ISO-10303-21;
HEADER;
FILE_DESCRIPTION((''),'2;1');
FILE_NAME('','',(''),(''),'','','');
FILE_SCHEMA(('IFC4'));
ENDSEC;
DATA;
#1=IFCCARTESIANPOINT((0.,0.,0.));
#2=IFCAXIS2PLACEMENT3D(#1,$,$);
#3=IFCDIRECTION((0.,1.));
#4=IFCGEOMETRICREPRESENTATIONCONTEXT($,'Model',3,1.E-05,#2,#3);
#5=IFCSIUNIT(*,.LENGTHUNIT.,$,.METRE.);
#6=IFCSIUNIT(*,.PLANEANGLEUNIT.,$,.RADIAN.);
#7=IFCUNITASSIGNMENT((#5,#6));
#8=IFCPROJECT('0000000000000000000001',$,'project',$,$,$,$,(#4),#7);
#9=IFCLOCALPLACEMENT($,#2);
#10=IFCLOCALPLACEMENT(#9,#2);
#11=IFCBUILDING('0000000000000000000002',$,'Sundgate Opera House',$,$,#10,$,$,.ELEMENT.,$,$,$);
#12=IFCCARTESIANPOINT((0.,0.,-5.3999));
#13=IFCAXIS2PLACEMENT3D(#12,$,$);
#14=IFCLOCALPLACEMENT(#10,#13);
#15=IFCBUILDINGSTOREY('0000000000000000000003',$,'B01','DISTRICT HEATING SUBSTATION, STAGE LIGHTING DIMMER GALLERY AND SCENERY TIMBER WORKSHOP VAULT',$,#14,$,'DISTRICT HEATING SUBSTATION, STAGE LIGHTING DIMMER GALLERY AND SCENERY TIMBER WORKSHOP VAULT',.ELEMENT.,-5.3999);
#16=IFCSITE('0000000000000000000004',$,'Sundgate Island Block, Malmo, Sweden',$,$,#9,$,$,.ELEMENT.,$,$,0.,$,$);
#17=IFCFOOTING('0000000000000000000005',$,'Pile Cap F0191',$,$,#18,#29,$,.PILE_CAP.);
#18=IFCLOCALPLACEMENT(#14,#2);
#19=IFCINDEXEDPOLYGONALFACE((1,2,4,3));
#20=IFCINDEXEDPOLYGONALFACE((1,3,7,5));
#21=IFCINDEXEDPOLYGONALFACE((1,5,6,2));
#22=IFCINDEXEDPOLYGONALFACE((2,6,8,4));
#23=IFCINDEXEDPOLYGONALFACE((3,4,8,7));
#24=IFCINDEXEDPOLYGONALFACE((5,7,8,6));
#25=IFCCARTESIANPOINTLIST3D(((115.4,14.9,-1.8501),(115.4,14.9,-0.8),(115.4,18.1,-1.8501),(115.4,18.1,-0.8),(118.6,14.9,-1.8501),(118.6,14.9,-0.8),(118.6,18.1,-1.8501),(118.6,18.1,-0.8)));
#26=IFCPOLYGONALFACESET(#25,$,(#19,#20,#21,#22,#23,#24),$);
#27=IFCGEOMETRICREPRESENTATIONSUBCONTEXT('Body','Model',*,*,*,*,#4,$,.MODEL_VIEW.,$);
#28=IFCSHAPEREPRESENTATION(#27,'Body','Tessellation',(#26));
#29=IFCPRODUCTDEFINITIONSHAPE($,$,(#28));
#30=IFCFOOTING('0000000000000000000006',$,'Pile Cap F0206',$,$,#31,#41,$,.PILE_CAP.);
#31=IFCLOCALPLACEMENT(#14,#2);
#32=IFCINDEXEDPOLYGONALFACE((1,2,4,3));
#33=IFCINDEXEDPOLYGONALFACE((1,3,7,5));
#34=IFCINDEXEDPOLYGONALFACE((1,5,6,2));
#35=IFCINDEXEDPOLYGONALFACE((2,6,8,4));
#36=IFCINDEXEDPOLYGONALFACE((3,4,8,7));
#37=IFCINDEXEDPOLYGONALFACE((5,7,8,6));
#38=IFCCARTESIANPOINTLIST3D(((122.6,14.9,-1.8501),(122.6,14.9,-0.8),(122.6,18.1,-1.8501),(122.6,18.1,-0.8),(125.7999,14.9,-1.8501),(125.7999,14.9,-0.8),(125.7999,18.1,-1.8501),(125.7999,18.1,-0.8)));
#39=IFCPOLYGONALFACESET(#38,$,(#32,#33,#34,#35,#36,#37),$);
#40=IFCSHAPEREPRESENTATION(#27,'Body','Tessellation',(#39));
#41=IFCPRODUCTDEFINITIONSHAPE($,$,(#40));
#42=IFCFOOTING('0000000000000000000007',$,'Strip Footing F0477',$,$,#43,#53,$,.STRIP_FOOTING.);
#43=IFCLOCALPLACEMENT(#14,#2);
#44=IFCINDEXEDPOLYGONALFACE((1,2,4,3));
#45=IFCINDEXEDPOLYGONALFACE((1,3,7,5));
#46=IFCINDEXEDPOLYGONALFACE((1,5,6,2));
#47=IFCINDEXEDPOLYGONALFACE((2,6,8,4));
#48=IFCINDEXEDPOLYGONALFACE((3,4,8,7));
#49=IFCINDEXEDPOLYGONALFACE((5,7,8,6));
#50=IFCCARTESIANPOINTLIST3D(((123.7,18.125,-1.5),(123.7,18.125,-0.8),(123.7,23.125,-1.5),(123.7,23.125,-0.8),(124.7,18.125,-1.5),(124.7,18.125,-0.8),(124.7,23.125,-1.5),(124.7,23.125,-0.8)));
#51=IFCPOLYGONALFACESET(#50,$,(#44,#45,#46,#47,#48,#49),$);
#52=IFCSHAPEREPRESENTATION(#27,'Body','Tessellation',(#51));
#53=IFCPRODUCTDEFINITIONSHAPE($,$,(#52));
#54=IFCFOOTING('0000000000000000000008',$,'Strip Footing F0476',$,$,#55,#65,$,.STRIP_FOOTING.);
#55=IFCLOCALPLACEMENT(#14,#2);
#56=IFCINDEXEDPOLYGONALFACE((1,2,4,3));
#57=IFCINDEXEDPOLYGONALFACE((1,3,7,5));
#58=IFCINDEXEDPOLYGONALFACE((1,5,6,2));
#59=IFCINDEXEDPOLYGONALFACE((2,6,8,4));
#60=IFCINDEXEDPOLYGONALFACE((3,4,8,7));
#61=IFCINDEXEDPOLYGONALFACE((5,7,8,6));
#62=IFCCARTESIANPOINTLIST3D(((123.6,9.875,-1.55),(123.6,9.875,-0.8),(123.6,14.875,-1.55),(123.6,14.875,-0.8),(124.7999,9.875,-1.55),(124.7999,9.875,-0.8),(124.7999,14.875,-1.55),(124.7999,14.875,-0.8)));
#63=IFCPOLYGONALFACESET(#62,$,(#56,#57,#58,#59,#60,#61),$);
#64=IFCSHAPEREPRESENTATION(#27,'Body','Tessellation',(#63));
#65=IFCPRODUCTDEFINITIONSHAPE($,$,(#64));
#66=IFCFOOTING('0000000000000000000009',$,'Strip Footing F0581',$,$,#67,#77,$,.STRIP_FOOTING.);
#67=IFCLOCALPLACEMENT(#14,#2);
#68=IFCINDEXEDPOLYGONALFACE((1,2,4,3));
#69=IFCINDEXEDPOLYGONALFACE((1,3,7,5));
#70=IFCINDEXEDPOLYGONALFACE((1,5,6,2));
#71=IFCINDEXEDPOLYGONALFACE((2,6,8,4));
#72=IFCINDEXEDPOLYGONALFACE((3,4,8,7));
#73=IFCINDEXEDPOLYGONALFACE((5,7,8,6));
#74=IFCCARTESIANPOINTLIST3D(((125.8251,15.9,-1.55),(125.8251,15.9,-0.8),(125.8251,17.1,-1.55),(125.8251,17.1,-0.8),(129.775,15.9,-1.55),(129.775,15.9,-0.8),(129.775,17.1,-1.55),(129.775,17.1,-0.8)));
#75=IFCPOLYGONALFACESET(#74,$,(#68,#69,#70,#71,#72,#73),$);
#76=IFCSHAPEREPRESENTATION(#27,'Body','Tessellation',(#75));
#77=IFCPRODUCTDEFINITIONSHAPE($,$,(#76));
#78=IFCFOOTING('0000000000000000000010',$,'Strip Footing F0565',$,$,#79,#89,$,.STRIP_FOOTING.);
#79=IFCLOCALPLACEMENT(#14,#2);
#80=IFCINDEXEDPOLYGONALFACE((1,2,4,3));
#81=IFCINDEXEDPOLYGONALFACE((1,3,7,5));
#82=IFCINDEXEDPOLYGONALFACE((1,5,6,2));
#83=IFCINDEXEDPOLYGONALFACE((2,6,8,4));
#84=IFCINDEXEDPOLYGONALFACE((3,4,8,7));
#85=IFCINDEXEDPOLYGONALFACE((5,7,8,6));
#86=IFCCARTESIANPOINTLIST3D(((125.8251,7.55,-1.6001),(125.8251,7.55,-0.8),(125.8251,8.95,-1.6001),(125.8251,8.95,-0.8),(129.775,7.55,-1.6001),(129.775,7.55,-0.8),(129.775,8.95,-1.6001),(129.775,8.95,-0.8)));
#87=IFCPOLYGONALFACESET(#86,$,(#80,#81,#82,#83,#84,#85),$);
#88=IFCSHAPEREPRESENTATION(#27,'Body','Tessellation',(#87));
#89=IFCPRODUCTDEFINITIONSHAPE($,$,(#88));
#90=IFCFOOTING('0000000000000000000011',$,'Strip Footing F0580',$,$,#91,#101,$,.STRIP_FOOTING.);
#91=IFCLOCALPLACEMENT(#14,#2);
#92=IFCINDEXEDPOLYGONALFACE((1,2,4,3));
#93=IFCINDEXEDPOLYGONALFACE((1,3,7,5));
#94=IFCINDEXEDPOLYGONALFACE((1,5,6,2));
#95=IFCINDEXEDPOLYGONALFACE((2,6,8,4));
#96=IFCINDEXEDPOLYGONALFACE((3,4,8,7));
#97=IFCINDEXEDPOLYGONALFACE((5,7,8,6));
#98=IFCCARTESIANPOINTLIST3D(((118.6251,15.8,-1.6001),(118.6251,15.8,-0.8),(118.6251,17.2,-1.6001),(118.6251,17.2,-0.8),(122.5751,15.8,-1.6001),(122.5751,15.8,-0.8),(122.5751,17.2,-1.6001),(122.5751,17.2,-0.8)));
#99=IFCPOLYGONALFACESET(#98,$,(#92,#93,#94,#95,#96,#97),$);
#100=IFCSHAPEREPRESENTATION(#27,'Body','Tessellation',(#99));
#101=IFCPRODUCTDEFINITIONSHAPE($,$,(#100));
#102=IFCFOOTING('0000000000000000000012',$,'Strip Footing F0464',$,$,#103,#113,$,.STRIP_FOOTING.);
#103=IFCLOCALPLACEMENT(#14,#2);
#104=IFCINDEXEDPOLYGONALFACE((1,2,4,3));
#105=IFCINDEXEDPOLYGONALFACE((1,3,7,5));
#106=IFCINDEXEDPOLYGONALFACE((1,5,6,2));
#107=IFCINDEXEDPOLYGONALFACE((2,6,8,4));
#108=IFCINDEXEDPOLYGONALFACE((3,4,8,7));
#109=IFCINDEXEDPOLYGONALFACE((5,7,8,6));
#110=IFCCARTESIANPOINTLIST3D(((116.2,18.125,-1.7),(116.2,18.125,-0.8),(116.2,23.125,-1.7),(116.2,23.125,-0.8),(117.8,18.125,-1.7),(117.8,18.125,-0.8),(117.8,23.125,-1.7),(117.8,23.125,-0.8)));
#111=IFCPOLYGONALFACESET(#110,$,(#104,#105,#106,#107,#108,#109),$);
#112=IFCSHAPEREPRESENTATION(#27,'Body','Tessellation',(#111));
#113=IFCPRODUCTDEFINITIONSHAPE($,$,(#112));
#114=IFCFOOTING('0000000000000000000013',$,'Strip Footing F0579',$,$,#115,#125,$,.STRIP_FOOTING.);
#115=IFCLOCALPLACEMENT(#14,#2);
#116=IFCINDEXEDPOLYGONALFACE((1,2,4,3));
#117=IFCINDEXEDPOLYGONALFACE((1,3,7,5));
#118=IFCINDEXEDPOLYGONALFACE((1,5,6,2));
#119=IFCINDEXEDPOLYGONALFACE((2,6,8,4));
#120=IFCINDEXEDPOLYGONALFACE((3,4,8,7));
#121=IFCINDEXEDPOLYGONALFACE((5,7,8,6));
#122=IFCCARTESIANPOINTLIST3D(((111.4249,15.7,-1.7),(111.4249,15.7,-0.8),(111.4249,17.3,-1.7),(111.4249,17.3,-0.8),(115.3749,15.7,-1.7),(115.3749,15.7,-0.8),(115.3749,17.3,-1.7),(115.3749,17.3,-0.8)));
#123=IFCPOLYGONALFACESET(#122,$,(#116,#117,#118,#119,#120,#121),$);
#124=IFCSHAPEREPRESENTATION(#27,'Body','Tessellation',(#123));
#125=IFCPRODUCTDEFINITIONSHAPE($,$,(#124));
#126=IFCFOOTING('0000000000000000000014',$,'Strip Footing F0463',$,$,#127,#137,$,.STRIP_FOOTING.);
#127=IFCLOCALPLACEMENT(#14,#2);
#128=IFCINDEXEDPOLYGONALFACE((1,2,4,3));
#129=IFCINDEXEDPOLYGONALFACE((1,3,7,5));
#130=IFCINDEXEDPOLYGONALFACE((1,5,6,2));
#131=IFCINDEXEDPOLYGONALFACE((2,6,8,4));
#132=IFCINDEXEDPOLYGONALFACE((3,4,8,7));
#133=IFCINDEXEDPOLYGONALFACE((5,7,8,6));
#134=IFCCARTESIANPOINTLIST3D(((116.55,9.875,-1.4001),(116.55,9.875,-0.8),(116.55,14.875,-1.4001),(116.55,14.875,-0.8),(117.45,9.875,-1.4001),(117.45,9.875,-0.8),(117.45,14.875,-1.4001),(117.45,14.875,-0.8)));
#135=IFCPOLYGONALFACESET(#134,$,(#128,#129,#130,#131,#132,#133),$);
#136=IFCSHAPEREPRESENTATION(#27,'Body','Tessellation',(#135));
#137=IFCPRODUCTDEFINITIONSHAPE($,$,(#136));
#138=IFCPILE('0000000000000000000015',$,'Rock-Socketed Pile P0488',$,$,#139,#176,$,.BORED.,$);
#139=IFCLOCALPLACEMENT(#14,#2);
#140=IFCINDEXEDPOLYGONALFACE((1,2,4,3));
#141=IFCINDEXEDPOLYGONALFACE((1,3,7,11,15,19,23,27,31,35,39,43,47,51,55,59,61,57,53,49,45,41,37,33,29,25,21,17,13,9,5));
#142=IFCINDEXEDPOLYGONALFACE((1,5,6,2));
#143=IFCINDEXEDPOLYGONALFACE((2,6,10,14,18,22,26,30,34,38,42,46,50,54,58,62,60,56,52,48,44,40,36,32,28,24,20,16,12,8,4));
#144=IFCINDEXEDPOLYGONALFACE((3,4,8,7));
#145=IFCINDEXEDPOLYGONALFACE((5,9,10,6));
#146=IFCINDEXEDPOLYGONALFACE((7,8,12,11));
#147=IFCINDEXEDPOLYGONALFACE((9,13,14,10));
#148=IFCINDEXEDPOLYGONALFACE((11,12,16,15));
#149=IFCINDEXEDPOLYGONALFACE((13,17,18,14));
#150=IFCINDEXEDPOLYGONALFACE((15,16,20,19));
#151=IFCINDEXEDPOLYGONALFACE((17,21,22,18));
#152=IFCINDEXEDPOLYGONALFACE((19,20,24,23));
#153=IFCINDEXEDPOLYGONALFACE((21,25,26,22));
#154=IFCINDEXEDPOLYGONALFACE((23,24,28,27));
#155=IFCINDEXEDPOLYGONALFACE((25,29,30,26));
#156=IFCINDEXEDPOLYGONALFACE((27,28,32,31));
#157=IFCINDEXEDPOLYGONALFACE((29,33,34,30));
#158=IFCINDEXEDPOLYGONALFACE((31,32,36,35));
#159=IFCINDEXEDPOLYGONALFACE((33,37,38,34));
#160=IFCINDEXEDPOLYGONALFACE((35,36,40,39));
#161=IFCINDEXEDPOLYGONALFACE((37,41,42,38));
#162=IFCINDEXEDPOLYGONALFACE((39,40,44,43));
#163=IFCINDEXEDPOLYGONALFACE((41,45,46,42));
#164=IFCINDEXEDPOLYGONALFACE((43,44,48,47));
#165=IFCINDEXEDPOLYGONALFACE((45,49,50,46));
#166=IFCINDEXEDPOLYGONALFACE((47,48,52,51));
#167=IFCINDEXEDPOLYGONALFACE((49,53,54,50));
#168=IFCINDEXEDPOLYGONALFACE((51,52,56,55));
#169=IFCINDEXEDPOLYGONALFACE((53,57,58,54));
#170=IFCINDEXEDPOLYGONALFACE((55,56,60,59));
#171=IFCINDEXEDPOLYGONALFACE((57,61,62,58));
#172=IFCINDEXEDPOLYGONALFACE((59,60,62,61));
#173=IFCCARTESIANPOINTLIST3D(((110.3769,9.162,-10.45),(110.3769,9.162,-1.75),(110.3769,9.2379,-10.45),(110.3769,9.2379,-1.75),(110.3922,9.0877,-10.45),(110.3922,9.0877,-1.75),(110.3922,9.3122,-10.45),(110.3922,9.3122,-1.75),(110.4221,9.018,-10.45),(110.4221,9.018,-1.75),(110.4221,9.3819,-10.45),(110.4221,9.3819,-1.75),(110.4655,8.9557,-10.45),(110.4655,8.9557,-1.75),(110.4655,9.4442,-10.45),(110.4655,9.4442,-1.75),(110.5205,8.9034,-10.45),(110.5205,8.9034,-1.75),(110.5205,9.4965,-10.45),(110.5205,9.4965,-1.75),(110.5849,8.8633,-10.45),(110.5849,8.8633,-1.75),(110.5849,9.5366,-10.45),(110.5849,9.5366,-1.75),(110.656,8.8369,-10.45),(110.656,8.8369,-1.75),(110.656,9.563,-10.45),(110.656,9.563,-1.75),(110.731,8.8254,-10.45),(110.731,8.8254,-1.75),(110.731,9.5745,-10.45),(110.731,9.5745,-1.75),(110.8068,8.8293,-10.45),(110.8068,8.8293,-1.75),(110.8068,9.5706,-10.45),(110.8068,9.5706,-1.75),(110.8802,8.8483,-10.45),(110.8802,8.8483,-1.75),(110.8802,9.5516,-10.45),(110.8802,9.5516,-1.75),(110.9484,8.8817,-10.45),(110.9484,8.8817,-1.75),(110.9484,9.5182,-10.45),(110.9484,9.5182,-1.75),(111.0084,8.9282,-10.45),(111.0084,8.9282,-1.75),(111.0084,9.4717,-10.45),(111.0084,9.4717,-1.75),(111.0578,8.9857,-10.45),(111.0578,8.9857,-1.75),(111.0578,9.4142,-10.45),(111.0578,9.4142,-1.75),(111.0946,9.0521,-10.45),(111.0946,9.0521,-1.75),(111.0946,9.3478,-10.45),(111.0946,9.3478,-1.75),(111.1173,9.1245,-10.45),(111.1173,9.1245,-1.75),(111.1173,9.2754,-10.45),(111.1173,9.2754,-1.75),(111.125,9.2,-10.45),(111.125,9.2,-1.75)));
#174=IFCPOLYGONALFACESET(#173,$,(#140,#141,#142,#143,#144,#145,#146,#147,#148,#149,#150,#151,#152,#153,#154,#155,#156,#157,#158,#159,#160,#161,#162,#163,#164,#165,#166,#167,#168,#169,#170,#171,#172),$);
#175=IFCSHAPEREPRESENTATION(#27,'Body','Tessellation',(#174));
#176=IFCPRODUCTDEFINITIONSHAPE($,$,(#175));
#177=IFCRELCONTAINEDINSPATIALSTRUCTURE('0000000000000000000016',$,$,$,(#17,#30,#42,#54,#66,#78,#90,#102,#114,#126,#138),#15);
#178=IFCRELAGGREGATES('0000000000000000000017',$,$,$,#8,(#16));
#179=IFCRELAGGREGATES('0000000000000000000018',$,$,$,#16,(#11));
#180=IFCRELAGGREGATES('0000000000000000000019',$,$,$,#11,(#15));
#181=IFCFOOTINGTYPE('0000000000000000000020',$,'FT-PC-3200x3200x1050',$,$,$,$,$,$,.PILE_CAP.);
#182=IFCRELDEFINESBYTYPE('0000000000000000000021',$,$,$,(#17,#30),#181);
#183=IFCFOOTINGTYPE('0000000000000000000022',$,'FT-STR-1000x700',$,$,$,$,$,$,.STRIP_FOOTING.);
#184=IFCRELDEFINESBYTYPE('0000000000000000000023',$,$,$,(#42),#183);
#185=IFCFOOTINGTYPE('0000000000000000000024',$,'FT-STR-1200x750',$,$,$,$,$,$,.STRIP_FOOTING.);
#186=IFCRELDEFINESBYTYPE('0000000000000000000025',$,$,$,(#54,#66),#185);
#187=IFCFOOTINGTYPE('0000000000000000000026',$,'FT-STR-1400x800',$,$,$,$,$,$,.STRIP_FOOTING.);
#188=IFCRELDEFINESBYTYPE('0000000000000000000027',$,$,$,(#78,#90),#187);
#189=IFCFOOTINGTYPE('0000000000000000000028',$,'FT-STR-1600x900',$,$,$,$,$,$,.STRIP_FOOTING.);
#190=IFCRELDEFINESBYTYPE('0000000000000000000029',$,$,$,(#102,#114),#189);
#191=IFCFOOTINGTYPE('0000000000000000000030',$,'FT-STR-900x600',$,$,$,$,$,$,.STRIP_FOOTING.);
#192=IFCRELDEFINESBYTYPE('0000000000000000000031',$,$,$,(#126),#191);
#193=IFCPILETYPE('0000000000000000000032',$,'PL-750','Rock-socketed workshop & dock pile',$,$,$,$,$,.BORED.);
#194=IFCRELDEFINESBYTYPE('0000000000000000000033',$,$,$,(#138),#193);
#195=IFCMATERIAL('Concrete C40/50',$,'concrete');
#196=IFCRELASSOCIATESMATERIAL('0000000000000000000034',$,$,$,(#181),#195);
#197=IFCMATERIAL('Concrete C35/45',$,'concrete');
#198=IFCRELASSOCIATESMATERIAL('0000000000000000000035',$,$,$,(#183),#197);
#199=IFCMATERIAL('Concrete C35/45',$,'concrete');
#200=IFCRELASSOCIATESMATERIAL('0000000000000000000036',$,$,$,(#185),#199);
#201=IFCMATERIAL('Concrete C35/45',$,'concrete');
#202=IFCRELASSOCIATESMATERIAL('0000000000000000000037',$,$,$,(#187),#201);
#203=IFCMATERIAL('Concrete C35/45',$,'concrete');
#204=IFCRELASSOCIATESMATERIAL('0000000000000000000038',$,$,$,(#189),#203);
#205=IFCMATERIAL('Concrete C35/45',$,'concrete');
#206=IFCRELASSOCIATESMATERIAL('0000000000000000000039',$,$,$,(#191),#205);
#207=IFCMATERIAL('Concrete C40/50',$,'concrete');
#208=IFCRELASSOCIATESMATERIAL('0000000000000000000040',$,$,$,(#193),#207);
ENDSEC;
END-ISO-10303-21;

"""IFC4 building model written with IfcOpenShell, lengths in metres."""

from ifc_helpers import new_model, si_unit, direction, frame, origin, origin_2d, place, context, subcontext, project, spatial, rectangle, circle, extrude, material, material_profile, profile_set, type_object, element, save


model = new_model("IFC4")

# Units and contexts
model_context = context("Model", 3, precision=1e-05, world=origin(), true_north=direction((0.0, 1.0)))
body_context = subcontext(model_context, "Body", "Model", "MODEL_VIEW")
ifc_project = project(units=[si_unit("LENGTHUNIT", "METRE"), si_unit("PLANEANGLEUNIT", "RADIAN")], contexts=[model_context])

# Site, building, storey
site_placement = place(None, origin())
site = spatial("IfcSite", under=ifc_project, at=site_placement, Name="Sundgate Island Block, Malmo, Sweden", CompositionType="ELEMENT", RefElevation=0.0)
building_placement = place(site_placement, origin())
building = spatial("IfcBuilding", under=site, at=building_placement, Name="Sundgate Opera House", CompositionType="ELEMENT")
storey_placement = place(building_placement, frame((0.0, 0.0, -5.3999)))
storey = spatial("IfcBuildingStorey", under=building, at=storey_placement, Name="B01", Description="DISTRICT HEATING SUBSTATION, STAGE LIGHTING DIMMER GALLERY AND SCENERY TIMBER WORKSHOP VAULT", LongName="DISTRICT HEATING SUBSTATION, STAGE LIGHTING DIMMER GALLERY AND SCENERY TIMBER WORKSHOP VAULT", CompositionType="ELEMENT", Elevation=-5.3999)

# Footings
ifc_material_1 = material(Name="Concrete C40/50", Category="concrete")
footing_type_1 = type_object("IfcFootingType", Name="FT-PC-3200x3200x1050", PredefinedType="PILE_CAP", material=ifc_material_1)
for number, where, z_axis, x_axis, name in (
    (1, (117.0, 16.5, -1.8501), (0.0, 0.0, 1.0), (1.0, 0.0, 0.0), "Pile Cap F0191"),
    (2, (124.2, 16.5, -1.8501), (0.0, 0.0, 1.0), (1.0, 0.0, 0.0), "Pile Cap F0206"),
):
    element("IfcFooting", number, at=place(storey_placement, frame(where, z_axis=z_axis, x_axis=x_axis)), inside=storey, type_object=footing_type_1, Name=name, PredefinedType="PILE_CAP", context=body_context, shape_type="SweptSolid", body=[
        extrude(rectangle(XDim=3.2, YDim=3.2, at=origin_2d()), origin(), (0.0, 0.0, 1.0), 1.05),
    ])
ifc_material_2 = material(Name="Concrete C35/45", Category="concrete")
footing_type_2 = type_object("IfcFootingType", Name="FT-STR-1000x700", PredefinedType="STRIP_FOOTING", material=ifc_material_2)
footing_1_placement = place(storey_placement, frame((124.2, 20.625, -1.5), z_axis=(0.0, 0.0, 1.0), x_axis=(1.0, 0.0, 0.0)))
element("IfcFooting", 3, at=footing_1_placement, inside=storey, type_object=footing_type_2, Name="Strip Footing F0477", PredefinedType="STRIP_FOOTING", context=body_context, shape_type="SweptSolid", body=[
    extrude(rectangle(XDim=1.0, YDim=5.0, at=origin_2d()), origin(), (0.0, 0.0, 1.0), 0.7),
])
ifc_material_3 = material(Name="Concrete C35/45", Category="concrete")
footing_type_3 = type_object("IfcFootingType", Name="FT-STR-1200x750", PredefinedType="STRIP_FOOTING", material=ifc_material_3)
footing_2_placement = place(storey_placement, frame((124.2, 12.375, -1.55), z_axis=(0.0, 0.0, 1.0), x_axis=(1.0, 0.0, 0.0)))
element("IfcFooting", 4, at=footing_2_placement, inside=storey, type_object=footing_type_3, Name="Strip Footing F0476", PredefinedType="STRIP_FOOTING", context=body_context, shape_type="SweptSolid", body=[
    extrude(rectangle(XDim=1.2, YDim=5.0, at=origin_2d()), origin(), (0.0, 0.0, 1.0), 0.75),
])
footing_3_placement = place(storey_placement, frame((127.8, 16.5, -1.55), z_axis=(0.0, 0.0, 1.0), x_axis=(1.0, 0.0, 0.0)))
element("IfcFooting", 5, at=footing_3_placement, inside=storey, type_object=footing_type_3, Name="Strip Footing F0581", PredefinedType="STRIP_FOOTING", context=body_context, shape_type="SweptSolid", body=[
    extrude(rectangle(XDim=3.95, YDim=1.2, at=origin_2d()), origin(), (0.0, 0.0, 1.0), 0.75),
])
ifc_material_4 = material(Name="Concrete C35/45", Category="concrete")
footing_type_4 = type_object("IfcFootingType", Name="FT-STR-1400x800", PredefinedType="STRIP_FOOTING", material=ifc_material_4)
for number, where, z_axis, x_axis, name in (
    (6, (127.8, 8.25, -1.6001), (0.0, 0.0, 1.0), (1.0, 0.0, 0.0), "Strip Footing F0565"),
    (7, (120.6001, 16.5, -1.6001), (0.0, 0.0, 1.0), (1.0, 0.0, 0.0), "Strip Footing F0580"),
):
    element("IfcFooting", number, at=place(storey_placement, frame(where, z_axis=z_axis, x_axis=x_axis)), inside=storey, type_object=footing_type_4, Name=name, PredefinedType="STRIP_FOOTING", context=body_context, shape_type="SweptSolid", body=[
        extrude(rectangle(XDim=3.95, YDim=1.3999, at=origin_2d()), origin(), (0.0, 0.0, 1.0), 0.8),
    ])
ifc_material_5 = material(Name="Concrete C35/45", Category="concrete")
footing_type_5 = type_object("IfcFootingType", Name="FT-STR-1600x900", PredefinedType="STRIP_FOOTING", material=ifc_material_5)
footing_4_placement = place(storey_placement, frame((117.0, 20.625, -1.7), z_axis=(0.0, 0.0, 1.0), x_axis=(1.0, 0.0, 0.0)))
element("IfcFooting", 8, at=footing_4_placement, inside=storey, type_object=footing_type_5, Name="Strip Footing F0464", PredefinedType="STRIP_FOOTING", context=body_context, shape_type="SweptSolid", body=[
    extrude(rectangle(XDim=1.6001, YDim=5.0, at=origin_2d()), origin(), (0.0, 0.0, 1.0), 0.8999),
])
footing_5_placement = place(storey_placement, frame((113.3999, 16.5, -1.7), z_axis=(0.0, 0.0, 1.0), x_axis=(1.0, 0.0, 0.0)))
element("IfcFooting", 9, at=footing_5_placement, inside=storey, type_object=footing_type_5, Name="Strip Footing F0579", PredefinedType="STRIP_FOOTING", context=body_context, shape_type="SweptSolid", body=[
    extrude(rectangle(XDim=3.95, YDim=1.6001, at=origin_2d()), origin(), (0.0, 0.0, 1.0), 0.8999),
])
ifc_material_6 = material(Name="Concrete C35/45", Category="concrete")
footing_type_6 = type_object("IfcFootingType", Name="FT-STR-900x600", PredefinedType="STRIP_FOOTING", material=ifc_material_6)
footing_6_placement = place(storey_placement, frame((117.0, 12.375, -1.4001), z_axis=(0.0, 0.0, 1.0), x_axis=(1.0, 0.0, 0.0)))
element("IfcFooting", 10, at=footing_6_placement, inside=storey, type_object=footing_type_6, Name="Strip Footing F0463", PredefinedType="STRIP_FOOTING", context=body_context, shape_type="SweptSolid", body=[
    extrude(rectangle(XDim=0.8999, YDim=5.0, at=origin_2d()), origin(), (0.0, 0.0, 1.0), 0.6001),
])

# Pile
ifc_material_7 = material(Name="Concrete C40/50", Category="concrete")
ifc_material_profile_1 = material_profile(ifc_material_7, circle(Radius=0.375, at=origin_2d()), Name="PILE D750")
ifc_profile_set_1 = profile_set([ifc_material_profile_1], Name="Concrete C40/50")
pile_type = type_object("IfcPileType", Name="PL-750", Description="Rock-socketed workshop & dock pile", PredefinedType="BORED", material=ifc_profile_set_1)
for number, where, z_axis, x_axis, name in (
    (11, (110.75, 9.2, -1.75), (0.0, 0.0, -1.0), (1.0, 0.0, 0.0), "Rock-Socketed Pile P0488"),
):
    element("IfcPile", number, at=place(storey_placement, frame(where, z_axis=z_axis, x_axis=x_axis)), inside=storey, type_object=pile_type, Name=name, PredefinedType="BORED", context=body_context, shape_type="SweptSolid", body=[
        extrude(circle(Radius=0.375, at=origin_2d()), origin(), (0.0, 0.0, 1.0), 8.7),
    ])

save(model, "model.ifc")
